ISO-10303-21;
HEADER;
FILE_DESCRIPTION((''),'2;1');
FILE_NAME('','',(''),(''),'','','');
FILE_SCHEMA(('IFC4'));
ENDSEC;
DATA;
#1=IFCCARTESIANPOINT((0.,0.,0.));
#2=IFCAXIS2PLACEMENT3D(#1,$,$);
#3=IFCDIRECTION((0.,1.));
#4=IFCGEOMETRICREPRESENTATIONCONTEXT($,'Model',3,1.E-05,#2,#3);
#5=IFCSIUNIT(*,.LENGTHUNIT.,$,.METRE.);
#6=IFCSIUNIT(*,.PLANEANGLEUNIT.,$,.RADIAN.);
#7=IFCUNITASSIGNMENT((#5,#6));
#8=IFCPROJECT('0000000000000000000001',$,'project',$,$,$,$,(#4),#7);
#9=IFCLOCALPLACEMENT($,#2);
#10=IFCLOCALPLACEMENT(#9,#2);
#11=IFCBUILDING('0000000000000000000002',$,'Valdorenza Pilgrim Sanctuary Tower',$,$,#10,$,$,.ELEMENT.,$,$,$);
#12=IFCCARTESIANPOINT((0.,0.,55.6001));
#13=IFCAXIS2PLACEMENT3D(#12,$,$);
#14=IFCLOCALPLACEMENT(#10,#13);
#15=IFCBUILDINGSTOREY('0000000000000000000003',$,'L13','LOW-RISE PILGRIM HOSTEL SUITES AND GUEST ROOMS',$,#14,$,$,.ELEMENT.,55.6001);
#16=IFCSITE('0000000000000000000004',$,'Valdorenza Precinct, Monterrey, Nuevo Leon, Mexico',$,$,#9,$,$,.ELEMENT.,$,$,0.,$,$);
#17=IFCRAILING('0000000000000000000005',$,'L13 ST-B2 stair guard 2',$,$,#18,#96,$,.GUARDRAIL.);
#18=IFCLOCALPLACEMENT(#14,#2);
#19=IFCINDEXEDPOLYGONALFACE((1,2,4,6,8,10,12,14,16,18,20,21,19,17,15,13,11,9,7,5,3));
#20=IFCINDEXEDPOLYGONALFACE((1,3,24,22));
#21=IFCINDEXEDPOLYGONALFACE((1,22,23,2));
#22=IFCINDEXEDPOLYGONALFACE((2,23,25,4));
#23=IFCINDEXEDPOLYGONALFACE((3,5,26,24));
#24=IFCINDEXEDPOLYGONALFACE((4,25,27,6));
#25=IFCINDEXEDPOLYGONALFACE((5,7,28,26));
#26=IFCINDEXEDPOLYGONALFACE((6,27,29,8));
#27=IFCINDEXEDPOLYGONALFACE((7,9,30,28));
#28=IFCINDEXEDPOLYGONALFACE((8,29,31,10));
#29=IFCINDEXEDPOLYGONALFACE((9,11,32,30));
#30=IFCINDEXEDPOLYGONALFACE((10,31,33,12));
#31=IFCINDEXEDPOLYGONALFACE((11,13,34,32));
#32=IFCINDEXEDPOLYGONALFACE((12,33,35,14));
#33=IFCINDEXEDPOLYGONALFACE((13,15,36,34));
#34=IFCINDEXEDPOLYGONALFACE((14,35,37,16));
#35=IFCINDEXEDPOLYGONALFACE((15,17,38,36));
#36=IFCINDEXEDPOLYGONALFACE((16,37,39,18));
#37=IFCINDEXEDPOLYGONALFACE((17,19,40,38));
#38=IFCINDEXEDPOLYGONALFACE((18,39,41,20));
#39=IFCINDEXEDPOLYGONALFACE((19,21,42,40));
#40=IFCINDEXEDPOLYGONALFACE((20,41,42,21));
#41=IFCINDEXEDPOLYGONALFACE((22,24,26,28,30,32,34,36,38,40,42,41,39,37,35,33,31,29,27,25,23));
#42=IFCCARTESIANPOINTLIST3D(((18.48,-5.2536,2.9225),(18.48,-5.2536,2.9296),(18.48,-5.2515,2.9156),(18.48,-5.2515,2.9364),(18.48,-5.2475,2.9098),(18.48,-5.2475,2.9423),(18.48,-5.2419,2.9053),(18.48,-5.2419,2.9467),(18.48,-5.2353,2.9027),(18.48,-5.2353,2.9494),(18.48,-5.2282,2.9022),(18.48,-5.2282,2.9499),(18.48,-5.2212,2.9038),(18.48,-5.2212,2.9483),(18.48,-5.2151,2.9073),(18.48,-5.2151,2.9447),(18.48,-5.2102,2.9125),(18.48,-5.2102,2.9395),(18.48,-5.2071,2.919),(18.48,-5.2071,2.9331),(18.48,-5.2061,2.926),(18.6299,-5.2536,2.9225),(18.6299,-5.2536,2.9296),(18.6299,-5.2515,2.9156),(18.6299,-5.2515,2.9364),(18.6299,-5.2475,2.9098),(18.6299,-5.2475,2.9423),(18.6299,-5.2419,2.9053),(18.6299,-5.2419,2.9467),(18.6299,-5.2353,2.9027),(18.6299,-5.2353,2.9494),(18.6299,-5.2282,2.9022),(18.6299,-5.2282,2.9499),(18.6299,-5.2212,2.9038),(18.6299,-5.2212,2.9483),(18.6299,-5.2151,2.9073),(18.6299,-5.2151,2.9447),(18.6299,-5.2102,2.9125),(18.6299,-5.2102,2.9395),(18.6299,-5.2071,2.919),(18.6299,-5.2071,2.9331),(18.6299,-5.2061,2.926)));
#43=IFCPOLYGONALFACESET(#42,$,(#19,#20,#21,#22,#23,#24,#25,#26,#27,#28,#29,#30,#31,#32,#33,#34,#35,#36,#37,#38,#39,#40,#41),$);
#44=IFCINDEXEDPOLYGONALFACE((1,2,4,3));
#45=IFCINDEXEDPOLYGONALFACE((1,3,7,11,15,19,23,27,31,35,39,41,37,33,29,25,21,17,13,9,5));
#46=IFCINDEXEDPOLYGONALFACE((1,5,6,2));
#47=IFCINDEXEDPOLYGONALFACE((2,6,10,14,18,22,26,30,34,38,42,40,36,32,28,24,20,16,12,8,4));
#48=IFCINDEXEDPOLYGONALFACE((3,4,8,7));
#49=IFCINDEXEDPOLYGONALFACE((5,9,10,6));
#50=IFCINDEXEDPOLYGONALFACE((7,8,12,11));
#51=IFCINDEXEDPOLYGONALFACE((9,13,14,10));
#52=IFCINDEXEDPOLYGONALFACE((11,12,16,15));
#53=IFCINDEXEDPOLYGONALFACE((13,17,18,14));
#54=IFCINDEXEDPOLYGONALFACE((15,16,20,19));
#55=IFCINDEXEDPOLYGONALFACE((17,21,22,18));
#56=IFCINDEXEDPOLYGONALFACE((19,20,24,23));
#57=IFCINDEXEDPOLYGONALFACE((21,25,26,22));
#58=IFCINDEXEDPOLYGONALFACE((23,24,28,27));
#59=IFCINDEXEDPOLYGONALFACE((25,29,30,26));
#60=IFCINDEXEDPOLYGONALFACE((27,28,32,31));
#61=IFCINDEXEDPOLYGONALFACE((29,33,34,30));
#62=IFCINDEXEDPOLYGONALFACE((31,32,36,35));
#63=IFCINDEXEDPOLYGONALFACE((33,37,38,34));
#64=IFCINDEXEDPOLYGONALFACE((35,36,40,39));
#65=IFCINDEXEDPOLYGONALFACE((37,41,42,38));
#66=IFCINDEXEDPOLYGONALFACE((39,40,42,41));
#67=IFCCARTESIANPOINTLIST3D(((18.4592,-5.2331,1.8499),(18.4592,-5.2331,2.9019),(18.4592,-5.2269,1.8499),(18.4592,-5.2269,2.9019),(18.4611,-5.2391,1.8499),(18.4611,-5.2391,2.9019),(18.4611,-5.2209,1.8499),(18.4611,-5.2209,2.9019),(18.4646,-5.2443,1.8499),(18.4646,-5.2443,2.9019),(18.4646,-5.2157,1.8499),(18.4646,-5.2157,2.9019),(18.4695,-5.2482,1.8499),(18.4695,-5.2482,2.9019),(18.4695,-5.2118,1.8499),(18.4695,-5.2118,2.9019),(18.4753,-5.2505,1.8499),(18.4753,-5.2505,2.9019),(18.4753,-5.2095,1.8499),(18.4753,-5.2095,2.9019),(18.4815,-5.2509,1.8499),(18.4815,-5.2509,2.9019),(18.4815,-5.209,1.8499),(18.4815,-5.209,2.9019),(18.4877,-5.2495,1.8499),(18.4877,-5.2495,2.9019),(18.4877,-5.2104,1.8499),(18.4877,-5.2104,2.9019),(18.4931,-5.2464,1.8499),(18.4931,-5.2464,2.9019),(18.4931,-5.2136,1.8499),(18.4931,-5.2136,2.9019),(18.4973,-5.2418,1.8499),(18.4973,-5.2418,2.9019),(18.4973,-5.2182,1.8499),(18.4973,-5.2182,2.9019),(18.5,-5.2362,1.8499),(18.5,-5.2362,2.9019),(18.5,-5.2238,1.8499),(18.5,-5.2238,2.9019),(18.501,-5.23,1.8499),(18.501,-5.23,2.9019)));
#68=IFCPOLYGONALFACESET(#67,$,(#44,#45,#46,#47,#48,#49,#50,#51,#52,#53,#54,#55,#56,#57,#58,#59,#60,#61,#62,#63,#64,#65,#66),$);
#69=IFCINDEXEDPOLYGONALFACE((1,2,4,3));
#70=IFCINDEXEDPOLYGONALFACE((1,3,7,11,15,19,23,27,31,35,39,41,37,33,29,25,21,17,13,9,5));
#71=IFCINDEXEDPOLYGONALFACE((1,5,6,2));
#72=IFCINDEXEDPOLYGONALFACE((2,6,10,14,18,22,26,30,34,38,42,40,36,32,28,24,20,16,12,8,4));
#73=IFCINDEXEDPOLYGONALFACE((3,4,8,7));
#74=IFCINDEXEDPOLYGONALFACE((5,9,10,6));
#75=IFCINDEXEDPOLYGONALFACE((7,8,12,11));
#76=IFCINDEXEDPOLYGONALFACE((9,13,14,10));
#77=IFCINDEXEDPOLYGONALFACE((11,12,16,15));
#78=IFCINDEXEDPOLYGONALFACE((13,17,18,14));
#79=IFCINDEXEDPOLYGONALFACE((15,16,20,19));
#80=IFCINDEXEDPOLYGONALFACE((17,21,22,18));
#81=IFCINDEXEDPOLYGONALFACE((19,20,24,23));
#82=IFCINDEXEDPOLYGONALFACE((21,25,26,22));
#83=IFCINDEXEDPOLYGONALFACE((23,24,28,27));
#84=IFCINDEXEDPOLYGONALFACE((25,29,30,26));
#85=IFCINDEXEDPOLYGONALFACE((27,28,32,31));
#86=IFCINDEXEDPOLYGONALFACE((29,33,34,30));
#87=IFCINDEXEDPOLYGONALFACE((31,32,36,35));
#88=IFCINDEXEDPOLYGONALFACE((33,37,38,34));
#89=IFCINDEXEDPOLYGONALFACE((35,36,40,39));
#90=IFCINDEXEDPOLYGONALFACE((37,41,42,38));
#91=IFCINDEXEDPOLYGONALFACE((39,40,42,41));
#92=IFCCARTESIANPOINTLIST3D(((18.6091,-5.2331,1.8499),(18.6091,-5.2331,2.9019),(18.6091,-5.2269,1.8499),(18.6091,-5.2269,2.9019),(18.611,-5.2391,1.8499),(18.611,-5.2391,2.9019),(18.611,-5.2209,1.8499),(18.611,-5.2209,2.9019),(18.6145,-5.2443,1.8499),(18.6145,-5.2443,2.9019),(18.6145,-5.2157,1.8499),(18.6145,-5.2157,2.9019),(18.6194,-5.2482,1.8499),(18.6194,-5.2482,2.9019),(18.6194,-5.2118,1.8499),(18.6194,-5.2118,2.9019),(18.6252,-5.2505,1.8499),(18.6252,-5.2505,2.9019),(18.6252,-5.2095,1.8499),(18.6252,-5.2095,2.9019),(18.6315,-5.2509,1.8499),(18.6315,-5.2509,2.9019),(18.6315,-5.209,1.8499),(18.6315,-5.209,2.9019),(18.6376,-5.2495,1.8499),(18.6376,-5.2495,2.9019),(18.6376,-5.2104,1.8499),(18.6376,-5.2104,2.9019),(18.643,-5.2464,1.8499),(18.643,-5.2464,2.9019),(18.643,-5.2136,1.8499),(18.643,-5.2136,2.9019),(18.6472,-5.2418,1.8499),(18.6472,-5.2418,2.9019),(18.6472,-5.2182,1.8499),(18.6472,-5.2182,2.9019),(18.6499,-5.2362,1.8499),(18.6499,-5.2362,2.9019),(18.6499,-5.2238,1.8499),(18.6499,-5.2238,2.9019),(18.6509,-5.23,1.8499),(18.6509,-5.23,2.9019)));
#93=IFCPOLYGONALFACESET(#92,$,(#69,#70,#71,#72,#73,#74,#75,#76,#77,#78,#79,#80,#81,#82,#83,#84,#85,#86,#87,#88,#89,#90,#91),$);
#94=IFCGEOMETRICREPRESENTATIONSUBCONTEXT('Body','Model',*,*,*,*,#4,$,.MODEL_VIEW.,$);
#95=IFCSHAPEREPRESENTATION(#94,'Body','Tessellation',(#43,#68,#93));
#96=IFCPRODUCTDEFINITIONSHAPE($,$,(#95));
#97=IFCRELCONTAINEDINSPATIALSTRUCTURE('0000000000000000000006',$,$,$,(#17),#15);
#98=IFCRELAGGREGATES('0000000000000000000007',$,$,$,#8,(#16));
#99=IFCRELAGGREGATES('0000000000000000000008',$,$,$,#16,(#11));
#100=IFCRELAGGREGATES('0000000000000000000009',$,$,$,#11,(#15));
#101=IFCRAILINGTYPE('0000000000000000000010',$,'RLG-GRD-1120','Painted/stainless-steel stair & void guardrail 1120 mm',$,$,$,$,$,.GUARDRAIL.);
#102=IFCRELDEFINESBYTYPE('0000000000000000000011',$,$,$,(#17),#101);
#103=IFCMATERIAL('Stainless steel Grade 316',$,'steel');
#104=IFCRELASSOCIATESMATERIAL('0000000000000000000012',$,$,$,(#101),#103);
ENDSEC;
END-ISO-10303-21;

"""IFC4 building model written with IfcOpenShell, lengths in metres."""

from ifc_helpers import new_model, si_unit, direction, frame, origin, origin_2d, place, context, subcontext, project, spatial, circle, extrude, material, type_object, element, save


model = new_model("IFC4")

# Units and contexts
model_context = context("Model", 3, precision=1e-05, world=origin(), true_north=direction((0.0, 1.0)))
body_context = subcontext(model_context, "Body", "Model", "MODEL_VIEW")
ifc_project = project(units=[si_unit("LENGTHUNIT", "METRE"), si_unit("PLANEANGLEUNIT", "RADIAN")], contexts=[model_context])

# Site, building, storey
site_placement = place(None, origin())
site = spatial("IfcSite", under=ifc_project, at=site_placement, Name="Valdorenza Precinct, Monterrey, Nuevo Leon, Mexico", CompositionType="ELEMENT", RefElevation=0.0)
building_placement = place(site_placement, origin())
building = spatial("IfcBuilding", under=site, at=building_placement, Name="Valdorenza Pilgrim Sanctuary Tower", CompositionType="ELEMENT")
storey_placement = place(building_placement, frame((0.0, 0.0, 55.6001)))
storey = spatial("IfcBuildingStorey", under=building, at=storey_placement, Name="L13", Description="LOW-RISE PILGRIM HOSTEL SUITES AND GUEST ROOMS", CompositionType="ELEMENT", Elevation=55.6001)

# Railing
ifc_material_1 = material(Name="Stainless steel Grade 316", Category="steel")
railing_type_1 = type_object("IfcRailingType", Name="RLG-GRD-1120", Description="Painted/stainless-steel stair & void guardrail 1120 mm", PredefinedType="GUARDRAIL", material=ifc_material_1)
railing_1_placement = place(storey_placement, frame((18.48, -5.23, 1.8499)))
element("IfcRailing", 1, at=railing_1_placement, inside=storey, type_object=railing_type_1, Name="L13 ST-B2 stair guard 2", PredefinedType="GUARDRAIL", context=body_context, shape_type="SweptSolid", body=[
    extrude(circle(Radius=0.0239, at=origin_2d()), frame((0.0, 0.0, 1.0762), z_axis=(1.0, 0.0, 0.0), x_axis=(0.0, 1.0, 0.0)), (0.0, 0.0, 1.0), 0.1499),
    extrude(circle(Radius=0.021, at=origin_2d()), origin(), (0.0, 0.0, 1.0), 1.052),
    extrude(circle(Radius=0.021, at=origin_2d()), frame((0.1499, 0.0, 0.0)), (0.0, 0.0, 1.0), 1.052),
])

save(model, "model.ifc")
